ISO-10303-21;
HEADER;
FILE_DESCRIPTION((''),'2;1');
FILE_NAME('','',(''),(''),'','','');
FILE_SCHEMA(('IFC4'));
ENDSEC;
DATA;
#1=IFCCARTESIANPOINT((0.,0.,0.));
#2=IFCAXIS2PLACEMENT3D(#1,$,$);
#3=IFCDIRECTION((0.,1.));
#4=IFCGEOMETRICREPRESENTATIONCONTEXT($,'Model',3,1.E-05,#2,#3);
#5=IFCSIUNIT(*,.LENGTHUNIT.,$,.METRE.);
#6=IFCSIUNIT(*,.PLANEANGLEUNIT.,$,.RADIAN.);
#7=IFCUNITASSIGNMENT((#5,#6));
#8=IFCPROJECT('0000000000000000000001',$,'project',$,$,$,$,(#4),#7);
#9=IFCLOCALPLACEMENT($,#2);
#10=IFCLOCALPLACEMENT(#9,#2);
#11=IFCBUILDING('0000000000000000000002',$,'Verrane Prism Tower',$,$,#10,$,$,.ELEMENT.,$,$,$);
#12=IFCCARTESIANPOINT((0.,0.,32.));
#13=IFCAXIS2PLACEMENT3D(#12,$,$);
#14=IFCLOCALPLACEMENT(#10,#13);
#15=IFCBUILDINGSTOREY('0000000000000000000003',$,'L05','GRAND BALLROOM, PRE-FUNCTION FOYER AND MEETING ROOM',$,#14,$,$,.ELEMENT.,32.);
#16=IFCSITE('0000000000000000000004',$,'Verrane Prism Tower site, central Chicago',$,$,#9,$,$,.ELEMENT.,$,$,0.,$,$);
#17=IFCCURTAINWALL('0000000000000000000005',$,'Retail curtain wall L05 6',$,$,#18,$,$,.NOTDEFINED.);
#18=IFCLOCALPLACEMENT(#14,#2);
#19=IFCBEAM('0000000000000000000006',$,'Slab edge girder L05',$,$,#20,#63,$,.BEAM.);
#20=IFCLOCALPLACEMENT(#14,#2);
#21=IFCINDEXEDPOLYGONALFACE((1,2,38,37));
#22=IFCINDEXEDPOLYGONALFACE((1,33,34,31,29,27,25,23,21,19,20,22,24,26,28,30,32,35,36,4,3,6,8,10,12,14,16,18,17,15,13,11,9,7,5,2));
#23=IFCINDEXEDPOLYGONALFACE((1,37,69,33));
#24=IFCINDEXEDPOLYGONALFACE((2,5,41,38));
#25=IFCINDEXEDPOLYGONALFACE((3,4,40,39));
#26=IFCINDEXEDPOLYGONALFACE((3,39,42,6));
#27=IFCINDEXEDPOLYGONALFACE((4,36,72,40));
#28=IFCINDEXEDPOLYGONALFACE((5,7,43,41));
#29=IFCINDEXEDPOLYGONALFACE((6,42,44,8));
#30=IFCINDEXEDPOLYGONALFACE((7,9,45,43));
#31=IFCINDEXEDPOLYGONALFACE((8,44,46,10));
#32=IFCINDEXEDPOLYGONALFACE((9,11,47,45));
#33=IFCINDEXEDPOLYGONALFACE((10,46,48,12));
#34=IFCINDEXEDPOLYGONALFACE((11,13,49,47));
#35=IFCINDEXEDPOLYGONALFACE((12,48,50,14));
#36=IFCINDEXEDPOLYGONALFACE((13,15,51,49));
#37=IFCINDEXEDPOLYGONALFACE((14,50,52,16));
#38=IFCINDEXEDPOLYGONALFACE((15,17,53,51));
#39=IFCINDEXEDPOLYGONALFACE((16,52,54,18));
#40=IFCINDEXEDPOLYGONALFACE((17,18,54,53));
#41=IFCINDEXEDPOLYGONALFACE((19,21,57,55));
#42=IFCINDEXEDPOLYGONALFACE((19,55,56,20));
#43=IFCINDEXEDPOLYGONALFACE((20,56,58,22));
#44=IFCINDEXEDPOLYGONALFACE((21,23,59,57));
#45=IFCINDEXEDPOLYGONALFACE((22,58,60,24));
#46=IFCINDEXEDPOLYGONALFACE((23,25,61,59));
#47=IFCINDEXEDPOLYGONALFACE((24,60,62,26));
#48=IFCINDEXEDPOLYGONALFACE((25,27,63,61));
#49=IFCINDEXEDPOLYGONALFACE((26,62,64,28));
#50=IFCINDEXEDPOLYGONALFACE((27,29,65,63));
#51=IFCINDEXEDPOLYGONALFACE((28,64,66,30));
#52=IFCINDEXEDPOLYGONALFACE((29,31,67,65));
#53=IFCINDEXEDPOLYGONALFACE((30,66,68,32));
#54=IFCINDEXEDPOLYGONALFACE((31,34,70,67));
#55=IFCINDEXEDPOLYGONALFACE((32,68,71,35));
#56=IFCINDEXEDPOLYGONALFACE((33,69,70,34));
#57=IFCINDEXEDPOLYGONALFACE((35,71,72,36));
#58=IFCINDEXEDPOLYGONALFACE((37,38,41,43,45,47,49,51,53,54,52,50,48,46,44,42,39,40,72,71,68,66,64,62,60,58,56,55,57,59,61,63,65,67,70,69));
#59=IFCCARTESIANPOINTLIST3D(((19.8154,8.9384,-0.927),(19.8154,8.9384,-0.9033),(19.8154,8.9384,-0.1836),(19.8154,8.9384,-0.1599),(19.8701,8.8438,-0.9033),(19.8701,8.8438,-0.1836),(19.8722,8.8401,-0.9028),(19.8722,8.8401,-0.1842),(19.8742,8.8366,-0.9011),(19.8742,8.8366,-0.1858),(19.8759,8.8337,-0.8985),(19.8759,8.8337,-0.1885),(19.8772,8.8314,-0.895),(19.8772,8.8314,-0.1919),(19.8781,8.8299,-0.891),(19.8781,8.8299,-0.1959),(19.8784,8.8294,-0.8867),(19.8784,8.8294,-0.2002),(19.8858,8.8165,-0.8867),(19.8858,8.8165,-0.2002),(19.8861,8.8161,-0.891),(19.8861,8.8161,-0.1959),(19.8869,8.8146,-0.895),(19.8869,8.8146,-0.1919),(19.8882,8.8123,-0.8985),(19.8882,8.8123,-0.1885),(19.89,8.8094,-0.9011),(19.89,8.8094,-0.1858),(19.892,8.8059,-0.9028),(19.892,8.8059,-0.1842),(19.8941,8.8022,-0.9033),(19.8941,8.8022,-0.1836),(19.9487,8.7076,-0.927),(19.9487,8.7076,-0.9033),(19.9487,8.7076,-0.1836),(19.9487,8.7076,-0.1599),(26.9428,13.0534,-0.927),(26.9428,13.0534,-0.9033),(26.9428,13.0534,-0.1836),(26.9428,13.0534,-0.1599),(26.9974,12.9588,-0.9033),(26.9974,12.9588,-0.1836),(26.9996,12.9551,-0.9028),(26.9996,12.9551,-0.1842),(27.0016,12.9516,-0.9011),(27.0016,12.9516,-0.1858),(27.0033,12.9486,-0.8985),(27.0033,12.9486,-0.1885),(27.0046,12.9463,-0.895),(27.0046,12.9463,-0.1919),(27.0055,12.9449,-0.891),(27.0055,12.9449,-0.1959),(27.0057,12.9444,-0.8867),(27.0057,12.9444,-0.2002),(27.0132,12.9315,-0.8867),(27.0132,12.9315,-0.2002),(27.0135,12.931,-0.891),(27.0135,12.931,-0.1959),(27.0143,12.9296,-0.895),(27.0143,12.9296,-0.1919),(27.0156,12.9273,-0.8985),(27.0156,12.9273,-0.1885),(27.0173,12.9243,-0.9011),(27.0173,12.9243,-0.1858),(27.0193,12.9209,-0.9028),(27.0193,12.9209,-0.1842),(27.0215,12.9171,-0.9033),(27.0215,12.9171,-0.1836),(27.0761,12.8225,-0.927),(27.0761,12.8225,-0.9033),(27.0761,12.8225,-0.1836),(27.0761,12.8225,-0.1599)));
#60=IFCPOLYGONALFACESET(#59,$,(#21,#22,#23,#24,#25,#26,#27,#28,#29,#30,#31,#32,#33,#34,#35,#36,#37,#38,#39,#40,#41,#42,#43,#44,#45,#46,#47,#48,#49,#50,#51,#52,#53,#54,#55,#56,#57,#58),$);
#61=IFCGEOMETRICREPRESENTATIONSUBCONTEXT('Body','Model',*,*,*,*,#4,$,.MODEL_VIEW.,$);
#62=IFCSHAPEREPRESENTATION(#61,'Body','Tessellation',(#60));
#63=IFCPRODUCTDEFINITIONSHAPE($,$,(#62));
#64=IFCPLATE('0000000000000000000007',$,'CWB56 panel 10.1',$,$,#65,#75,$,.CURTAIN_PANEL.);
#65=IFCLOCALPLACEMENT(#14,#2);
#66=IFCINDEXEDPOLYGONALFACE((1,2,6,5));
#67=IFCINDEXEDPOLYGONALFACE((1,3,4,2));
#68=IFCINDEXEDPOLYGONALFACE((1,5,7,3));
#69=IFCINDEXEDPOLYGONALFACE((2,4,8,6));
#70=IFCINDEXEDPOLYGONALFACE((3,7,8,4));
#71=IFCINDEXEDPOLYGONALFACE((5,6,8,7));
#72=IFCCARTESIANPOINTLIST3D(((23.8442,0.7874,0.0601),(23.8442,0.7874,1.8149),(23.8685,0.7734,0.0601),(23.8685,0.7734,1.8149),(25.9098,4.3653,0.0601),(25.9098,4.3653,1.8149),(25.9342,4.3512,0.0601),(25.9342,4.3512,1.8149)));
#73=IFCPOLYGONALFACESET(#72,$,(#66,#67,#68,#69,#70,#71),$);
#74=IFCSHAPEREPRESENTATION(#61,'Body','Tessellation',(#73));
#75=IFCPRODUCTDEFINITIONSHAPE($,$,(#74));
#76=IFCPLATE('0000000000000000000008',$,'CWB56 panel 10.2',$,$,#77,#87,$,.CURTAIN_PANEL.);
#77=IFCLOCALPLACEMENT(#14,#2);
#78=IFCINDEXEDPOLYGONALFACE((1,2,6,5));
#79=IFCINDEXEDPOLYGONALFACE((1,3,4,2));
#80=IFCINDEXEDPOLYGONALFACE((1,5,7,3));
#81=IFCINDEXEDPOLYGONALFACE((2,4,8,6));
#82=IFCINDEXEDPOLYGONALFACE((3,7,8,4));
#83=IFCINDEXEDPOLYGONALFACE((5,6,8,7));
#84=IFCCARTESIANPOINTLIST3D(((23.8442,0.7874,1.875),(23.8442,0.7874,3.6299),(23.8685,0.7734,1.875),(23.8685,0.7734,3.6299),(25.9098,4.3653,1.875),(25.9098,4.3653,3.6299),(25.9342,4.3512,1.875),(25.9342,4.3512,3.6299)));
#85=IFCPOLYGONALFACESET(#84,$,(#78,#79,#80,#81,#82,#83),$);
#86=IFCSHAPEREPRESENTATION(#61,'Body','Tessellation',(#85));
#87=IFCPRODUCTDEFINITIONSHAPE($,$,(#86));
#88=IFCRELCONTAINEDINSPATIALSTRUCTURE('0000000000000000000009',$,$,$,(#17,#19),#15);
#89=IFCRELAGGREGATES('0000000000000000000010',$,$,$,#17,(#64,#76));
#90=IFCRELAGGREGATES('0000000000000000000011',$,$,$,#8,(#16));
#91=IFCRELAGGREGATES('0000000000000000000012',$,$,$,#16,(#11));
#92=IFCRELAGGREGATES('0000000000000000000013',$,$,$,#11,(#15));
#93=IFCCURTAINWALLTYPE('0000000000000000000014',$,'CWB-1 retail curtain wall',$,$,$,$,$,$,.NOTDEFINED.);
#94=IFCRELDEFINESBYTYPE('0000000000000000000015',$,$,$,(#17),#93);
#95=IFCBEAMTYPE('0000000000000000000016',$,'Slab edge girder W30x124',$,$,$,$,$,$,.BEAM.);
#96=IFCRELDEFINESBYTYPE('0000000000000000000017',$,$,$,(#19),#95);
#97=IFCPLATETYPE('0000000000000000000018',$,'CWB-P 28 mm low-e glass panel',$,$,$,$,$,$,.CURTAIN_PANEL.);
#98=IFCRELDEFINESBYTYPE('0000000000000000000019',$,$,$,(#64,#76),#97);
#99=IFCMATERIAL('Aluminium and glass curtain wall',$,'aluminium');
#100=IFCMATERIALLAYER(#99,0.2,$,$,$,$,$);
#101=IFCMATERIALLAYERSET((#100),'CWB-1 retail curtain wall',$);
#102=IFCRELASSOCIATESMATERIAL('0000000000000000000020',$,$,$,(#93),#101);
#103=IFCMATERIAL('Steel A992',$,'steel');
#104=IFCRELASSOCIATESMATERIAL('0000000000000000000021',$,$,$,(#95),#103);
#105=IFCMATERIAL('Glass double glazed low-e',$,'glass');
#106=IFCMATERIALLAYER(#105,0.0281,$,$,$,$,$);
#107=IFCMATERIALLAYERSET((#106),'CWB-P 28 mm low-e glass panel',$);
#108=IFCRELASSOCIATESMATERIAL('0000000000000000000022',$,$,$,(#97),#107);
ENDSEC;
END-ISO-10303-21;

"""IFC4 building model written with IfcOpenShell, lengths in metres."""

from ifc_helpers import new_model, si_unit, direction, frame, origin, origin_2d, place, context, subcontext, project, spatial, rectangle, i_section, extrude, material, layer, layer_set, material_profile, profile_set, type_object, element, aggregate, save


model = new_model("IFC4")

# Units and contexts
model_context = context("Model", 3, precision=1e-05, world=origin(), true_north=direction((0.0, 1.0)))
body_context = subcontext(model_context, "Body", "Model", "MODEL_VIEW")
ifc_project = project(units=[si_unit("LENGTHUNIT", "METRE"), si_unit("PLANEANGLEUNIT", "RADIAN")], contexts=[model_context])

# Site, building, storey
site_placement = place(None, origin())
site = spatial("IfcSite", under=ifc_project, at=site_placement, Name="Verrane Prism Tower site, central Chicago", CompositionType="ELEMENT", RefElevation=0.0)
building_placement = place(site_placement, origin())
building = spatial("IfcBuilding", under=site, at=building_placement, Name="Verrane Prism Tower", CompositionType="ELEMENT")
storey_placement = place(building_placement, frame((0.0, 0.0, 32.0)))
storey = spatial("IfcBuildingStorey", under=building, at=storey_placement, Name="L05", Description="GRAND BALLROOM, PRE-FUNCTION FOYER AND MEETING ROOM", CompositionType="ELEMENT", Elevation=32.0)

# Curtain wall
ifc_material_1 = material(Name="Aluminium and glass curtain wall", Category="aluminium")
ifc_layer_1 = layer(ifc_material_1, 0.2)
ifc_layer_set_1 = layer_set([ifc_layer_1], Name="CWB-1 retail curtain wall")
curtain_wall_type = type_object("IfcCurtainWallType", Name="CWB-1 retail curtain wall", PredefinedType="NOTDEFINED", material=ifc_layer_set_1)
curtain_wall_placement = place(storey_placement, origin())
curtain_wall = element("IfcCurtainWall", 1, at=curtain_wall_placement, inside=storey, type_object=curtain_wall_type, Name="Retail curtain wall L05 6", PredefinedType="NOTDEFINED")

# Beam
ifc_material_2 = material(Name="Steel A992", Category="steel")
ifc_material_profile_1 = material_profile(ifc_material_2, i_section(OverallWidth=0.2666, OverallDepth=0.7671, WebThickness=0.0149, FlangeThickness=0.0237, FilletRadius=0.0166, at=origin_2d()), Name="W30x124")
ifc_profile_set_1 = profile_set([ifc_material_profile_1], Name="Steel A992")
beam_type_1 = type_object("IfcBeamType", Name="Slab edge girder W30x124", PredefinedType="BEAM", material=ifc_profile_set_1)
beam_1_placement = place(storey_placement, frame((19.8821, 8.823, -0.5435), z_axis=(0.866028, 0.499996, 0.0), x_axis=(-0.499996, 0.866028, 0.0)))
element("IfcBeam", 2, at=beam_1_placement, inside=storey, type_object=beam_type_1, Name="Slab edge girder L05", PredefinedType="BEAM", context=body_context, shape_type="SweptSolid", body=[
    extrude(i_section(OverallWidth=0.2666, OverallDepth=0.7671, WebThickness=0.0149, FlangeThickness=0.0237, FilletRadius=0.0166, at=origin_2d()), origin(), (0.0, 0.0, 1.0), 8.23),
])

# Plates
ifc_material_3 = material(Name="Glass double glazed low-e", Category="glass")
ifc_layer_2 = layer(ifc_material_3, 0.0281)
ifc_layer_set_2 = layer_set([ifc_layer_2], Name="CWB-P 28 mm low-e glass panel")
plate_type = type_object("IfcPlateType", Name="CWB-P 28 mm low-e glass panel", PredefinedType="CURTAIN_PANEL", material=ifc_layer_set_2)
plate_1_placement = place(storey_placement, frame((24.8892, 2.5693, 0.0601), z_axis=(0.0, 0.0, 1.0), x_axis=(0.5, 0.866025, 0.0)))
plate_1 = element("IfcPlate", 3, at=plate_1_placement, type_object=plate_type, Name="CWB56 panel 10.1", PredefinedType="CURTAIN_PANEL", context=body_context, shape_type="SweptSolid", body=[
    extrude(rectangle(XDim=4.1313, YDim=0.0281, at=origin_2d()), origin(), (0.0, 0.0, 1.0), 1.7549),
])
plate_2_placement = place(storey_placement, frame((24.8892, 2.5693, 1.875), z_axis=(0.0, 0.0, 1.0), x_axis=(0.5, 0.866025, 0.0)))
plate_2 = element("IfcPlate", 4, at=plate_2_placement, type_object=plate_type, Name="CWB56 panel 10.2", PredefinedType="CURTAIN_PANEL", context=body_context, shape_type="SweptSolid", body=[
    extrude(rectangle(XDim=4.1313, YDim=0.0281, at=origin_2d()), origin(), (0.0, 0.0, 1.0), 1.7549),
])
aggregate(curtain_wall, [plate_1, plate_2])

save(model, "model.ifc")
